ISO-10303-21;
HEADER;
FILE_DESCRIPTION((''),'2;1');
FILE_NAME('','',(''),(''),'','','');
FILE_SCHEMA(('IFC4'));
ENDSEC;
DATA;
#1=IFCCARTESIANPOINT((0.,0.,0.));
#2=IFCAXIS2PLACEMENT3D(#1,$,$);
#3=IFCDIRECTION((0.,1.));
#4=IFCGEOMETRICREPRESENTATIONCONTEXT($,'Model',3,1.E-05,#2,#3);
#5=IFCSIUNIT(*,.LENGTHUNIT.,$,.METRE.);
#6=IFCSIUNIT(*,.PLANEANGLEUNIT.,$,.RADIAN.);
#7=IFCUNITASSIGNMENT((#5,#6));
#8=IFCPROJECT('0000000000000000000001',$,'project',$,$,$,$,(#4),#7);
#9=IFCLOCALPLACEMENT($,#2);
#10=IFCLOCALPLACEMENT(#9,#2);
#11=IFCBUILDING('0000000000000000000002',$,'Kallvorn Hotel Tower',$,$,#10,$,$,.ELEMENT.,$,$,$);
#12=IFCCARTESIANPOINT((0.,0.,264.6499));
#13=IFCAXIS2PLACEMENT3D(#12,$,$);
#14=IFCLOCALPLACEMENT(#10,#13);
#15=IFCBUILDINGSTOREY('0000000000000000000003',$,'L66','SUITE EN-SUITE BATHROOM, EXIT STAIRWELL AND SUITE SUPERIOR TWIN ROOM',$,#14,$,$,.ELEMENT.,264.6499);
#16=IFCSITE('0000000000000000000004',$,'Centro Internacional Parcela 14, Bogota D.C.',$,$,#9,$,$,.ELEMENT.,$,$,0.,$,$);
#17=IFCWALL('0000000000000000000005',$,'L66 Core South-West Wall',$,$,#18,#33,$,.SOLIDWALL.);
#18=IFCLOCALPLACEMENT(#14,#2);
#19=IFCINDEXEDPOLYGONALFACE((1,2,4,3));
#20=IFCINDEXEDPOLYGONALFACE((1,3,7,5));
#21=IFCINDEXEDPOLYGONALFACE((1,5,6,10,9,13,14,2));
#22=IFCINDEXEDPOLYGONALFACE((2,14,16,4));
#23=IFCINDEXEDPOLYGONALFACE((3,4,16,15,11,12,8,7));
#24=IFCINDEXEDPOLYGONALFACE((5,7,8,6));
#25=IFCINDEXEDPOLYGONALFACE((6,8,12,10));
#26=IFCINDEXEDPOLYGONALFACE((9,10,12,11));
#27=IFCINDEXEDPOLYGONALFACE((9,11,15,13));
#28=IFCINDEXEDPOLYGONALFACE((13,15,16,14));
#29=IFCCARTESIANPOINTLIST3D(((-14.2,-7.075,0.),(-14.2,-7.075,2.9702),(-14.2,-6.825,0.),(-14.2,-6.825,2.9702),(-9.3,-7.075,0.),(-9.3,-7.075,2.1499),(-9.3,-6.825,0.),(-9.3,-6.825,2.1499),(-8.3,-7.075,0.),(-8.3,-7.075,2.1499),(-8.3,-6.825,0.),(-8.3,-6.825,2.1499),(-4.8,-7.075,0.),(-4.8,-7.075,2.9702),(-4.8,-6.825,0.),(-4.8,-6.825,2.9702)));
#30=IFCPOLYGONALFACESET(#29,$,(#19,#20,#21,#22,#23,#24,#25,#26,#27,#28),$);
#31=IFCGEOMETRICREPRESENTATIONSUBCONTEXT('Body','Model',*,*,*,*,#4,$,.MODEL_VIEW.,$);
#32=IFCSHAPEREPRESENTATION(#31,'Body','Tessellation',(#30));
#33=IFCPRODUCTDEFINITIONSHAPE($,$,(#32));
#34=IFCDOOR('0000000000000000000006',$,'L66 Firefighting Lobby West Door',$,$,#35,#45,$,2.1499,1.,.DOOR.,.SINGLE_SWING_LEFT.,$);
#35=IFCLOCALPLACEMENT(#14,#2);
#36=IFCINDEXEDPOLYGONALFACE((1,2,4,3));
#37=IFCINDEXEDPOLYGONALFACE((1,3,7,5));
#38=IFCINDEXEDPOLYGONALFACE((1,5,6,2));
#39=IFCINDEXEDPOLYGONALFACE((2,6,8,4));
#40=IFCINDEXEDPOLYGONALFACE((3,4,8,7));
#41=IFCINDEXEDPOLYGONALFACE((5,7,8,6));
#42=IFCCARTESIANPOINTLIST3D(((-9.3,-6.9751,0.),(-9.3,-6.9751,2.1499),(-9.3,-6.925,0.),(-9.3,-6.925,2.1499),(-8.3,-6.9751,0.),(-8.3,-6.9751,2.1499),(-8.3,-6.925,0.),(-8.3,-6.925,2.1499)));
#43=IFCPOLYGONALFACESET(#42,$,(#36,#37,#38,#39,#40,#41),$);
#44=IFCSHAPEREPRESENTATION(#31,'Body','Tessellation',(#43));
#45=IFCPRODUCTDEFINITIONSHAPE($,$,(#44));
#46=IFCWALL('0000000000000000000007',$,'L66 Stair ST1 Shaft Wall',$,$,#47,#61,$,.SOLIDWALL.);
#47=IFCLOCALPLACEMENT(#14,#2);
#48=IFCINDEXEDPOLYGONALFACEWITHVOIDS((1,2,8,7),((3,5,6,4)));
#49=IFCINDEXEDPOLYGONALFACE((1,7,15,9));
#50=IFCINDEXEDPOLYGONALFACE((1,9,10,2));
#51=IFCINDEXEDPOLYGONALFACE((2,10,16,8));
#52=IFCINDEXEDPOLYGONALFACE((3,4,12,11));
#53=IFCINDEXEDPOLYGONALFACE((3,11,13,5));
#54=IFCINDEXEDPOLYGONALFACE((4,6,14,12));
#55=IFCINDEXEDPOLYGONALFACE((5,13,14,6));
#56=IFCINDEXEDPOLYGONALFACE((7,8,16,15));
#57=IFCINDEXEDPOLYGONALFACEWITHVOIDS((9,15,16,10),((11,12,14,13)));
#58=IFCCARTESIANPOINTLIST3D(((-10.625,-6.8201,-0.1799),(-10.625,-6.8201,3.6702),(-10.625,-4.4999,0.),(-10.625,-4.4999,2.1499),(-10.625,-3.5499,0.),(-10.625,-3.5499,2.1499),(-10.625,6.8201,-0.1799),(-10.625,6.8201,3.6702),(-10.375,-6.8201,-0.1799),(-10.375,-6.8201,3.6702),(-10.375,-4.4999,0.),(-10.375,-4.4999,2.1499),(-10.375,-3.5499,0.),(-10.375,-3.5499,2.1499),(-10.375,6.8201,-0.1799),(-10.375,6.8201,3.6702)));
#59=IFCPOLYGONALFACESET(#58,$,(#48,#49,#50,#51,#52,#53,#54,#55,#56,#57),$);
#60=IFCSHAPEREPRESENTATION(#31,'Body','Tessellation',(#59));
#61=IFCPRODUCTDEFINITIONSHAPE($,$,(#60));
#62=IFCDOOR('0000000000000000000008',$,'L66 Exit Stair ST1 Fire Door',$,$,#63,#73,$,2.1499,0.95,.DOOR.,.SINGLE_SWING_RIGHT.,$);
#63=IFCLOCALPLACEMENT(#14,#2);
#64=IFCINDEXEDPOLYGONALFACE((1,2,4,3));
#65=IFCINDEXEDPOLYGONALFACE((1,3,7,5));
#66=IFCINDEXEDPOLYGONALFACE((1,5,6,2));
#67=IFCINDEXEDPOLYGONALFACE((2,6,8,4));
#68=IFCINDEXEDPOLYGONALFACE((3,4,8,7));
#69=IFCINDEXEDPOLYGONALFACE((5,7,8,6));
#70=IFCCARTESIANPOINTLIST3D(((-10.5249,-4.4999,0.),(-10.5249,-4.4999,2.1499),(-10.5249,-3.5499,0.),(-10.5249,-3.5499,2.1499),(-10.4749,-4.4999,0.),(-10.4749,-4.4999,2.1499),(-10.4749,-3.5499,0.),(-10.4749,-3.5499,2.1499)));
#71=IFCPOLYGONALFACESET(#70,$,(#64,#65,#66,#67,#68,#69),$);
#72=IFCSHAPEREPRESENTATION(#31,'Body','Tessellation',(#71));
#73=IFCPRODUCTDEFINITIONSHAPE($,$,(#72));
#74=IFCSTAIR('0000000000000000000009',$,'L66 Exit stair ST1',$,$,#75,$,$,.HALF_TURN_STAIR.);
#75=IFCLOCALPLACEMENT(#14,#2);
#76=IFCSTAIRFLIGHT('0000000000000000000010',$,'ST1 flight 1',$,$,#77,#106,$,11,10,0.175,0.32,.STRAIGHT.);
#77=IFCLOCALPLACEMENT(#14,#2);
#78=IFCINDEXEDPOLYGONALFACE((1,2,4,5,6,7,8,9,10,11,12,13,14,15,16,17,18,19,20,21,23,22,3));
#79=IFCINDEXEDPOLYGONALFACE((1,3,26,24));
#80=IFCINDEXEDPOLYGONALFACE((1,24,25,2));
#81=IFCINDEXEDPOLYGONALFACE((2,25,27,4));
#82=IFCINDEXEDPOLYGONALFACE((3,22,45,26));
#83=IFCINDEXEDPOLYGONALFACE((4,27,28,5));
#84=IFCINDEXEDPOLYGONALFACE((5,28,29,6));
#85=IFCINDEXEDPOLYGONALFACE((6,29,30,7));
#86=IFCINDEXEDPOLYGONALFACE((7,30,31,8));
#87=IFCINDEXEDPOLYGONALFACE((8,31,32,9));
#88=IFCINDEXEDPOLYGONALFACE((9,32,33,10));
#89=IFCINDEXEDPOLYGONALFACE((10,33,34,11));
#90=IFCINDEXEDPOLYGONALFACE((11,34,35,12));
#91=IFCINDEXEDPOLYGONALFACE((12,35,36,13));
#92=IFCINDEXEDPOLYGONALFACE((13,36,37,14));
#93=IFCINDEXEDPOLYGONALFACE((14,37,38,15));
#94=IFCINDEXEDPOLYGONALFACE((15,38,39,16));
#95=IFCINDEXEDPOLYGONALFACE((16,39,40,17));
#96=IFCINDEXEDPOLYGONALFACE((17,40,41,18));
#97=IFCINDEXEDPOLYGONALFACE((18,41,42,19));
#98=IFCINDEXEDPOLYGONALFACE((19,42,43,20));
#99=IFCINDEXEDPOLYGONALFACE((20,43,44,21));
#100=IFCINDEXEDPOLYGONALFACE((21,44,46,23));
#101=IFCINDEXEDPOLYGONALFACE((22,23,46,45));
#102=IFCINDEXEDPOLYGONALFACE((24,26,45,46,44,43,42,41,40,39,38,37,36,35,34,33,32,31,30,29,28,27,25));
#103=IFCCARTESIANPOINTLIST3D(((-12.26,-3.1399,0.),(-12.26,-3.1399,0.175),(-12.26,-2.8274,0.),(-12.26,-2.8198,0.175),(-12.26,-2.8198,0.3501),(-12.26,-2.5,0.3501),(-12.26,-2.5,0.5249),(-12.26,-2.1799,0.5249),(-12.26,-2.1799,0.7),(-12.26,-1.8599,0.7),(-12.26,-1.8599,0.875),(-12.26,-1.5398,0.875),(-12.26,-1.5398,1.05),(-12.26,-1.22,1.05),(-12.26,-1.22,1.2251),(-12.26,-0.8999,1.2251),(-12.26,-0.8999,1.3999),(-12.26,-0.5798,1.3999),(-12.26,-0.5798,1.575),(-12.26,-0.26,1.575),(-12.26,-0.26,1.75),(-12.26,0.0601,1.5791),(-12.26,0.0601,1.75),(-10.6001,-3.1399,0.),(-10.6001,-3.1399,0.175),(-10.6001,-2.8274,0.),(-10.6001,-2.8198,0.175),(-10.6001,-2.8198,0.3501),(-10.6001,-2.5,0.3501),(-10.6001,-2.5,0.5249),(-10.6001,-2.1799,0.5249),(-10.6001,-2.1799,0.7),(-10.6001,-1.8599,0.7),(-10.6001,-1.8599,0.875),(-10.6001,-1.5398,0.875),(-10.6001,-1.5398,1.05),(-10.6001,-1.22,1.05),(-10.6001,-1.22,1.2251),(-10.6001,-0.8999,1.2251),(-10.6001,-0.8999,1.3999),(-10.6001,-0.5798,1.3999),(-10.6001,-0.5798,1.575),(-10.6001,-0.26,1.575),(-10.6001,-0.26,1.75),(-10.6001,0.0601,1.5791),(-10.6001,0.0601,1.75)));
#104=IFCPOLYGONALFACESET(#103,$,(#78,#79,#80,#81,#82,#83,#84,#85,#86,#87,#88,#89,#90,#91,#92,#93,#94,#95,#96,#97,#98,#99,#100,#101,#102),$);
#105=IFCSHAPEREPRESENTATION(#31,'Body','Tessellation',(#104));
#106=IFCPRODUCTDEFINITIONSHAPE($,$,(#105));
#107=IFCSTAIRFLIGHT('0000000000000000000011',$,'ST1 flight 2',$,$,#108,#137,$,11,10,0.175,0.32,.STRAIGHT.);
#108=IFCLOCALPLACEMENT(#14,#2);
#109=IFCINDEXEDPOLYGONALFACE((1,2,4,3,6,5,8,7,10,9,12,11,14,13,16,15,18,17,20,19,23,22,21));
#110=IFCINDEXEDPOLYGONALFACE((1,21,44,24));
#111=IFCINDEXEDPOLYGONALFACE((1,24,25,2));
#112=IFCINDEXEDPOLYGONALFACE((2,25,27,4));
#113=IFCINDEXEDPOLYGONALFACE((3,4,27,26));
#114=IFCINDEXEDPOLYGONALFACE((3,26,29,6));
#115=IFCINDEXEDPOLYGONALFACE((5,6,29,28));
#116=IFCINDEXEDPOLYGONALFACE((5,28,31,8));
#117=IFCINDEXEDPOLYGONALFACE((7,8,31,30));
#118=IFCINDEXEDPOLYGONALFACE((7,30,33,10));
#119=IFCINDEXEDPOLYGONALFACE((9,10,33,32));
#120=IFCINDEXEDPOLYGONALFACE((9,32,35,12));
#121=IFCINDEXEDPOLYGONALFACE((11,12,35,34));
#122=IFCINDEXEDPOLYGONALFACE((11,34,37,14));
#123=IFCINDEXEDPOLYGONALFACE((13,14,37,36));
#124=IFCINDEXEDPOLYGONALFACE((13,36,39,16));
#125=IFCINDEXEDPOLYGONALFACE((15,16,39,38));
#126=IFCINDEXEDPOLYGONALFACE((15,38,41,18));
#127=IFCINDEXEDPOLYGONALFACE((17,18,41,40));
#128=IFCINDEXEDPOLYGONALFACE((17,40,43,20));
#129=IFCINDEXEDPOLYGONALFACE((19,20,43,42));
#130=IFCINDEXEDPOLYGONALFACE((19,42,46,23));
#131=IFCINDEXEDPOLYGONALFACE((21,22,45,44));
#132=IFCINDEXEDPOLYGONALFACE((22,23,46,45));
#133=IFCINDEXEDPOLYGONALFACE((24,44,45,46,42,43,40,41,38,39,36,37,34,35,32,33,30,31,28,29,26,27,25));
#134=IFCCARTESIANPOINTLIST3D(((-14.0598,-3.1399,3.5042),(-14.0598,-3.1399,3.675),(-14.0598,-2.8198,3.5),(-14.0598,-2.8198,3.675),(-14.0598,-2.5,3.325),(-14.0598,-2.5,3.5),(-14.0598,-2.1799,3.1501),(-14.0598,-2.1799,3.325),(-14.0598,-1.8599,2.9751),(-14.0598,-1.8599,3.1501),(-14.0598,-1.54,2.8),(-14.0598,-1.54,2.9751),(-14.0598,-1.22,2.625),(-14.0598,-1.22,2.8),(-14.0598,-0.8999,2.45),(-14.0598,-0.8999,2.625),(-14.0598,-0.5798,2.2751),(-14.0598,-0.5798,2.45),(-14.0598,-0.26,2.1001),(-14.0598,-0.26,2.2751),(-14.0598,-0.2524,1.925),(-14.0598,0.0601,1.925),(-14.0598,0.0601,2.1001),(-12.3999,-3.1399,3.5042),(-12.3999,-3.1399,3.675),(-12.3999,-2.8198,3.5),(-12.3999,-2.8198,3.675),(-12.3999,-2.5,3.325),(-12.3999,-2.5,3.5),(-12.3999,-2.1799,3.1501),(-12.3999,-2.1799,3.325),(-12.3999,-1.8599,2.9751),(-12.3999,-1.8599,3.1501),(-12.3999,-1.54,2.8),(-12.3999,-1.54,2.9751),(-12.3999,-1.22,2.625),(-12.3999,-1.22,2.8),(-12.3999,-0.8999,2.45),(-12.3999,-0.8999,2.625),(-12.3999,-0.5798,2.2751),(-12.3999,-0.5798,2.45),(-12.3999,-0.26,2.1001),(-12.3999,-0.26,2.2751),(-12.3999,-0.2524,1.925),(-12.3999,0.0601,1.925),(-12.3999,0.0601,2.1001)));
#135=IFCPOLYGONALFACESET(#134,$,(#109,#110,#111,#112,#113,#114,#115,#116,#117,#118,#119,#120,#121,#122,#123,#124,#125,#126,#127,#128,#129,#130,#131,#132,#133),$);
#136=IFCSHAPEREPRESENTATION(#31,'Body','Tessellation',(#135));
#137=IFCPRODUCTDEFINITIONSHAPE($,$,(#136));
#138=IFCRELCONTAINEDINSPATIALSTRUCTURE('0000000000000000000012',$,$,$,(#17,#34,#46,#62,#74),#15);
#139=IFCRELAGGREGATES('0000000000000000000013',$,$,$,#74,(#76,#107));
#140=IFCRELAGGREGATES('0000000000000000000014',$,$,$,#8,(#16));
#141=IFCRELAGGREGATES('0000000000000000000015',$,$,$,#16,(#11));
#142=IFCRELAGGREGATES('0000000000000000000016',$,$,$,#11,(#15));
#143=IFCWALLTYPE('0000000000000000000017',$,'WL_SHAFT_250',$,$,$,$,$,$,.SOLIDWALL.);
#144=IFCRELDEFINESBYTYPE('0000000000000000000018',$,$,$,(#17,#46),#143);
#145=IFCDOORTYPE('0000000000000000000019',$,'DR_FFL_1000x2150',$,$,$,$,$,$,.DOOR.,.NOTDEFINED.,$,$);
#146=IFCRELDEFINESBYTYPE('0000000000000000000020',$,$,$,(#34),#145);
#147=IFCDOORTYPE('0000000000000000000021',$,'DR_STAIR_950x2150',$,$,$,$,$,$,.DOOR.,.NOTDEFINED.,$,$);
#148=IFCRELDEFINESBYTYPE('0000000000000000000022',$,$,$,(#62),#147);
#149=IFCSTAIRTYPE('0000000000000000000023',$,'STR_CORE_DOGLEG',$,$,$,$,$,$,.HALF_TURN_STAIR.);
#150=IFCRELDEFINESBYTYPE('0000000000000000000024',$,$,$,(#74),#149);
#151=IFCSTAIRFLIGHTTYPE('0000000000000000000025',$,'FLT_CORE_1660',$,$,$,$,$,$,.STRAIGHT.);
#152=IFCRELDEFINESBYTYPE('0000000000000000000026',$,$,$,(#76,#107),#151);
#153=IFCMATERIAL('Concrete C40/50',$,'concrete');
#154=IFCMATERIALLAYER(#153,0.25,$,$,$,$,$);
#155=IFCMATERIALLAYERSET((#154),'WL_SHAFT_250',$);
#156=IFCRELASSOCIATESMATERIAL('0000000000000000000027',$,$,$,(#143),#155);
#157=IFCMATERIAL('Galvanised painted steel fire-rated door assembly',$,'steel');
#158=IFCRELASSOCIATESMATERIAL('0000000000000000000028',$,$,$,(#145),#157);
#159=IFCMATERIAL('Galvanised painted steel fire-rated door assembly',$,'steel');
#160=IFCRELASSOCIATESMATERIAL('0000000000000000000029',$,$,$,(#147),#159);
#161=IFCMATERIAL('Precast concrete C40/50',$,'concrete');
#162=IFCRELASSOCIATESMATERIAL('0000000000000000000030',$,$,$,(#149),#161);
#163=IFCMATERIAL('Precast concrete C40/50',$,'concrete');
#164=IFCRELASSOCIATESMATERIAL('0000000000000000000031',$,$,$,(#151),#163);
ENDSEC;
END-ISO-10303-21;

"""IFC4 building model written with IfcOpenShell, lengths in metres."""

from ifc_helpers import new_model, si_unit, direction, frame, frame_2d, origin, place, context, subcontext, project, spatial, polyline, rectangle, outline, extrude, material, layer, layer_set, type_object, element, fill, aggregate, save


model = new_model("IFC4")

# Units and contexts
model_context = context("Model", 3, precision=1e-05, world=origin(), true_north=direction((0.0, 1.0)))
body_context = subcontext(model_context, "Body", "Model", "MODEL_VIEW")
ifc_project = project(units=[si_unit("LENGTHUNIT", "METRE"), si_unit("PLANEANGLEUNIT", "RADIAN")], contexts=[model_context])

# Site, building, storey
site_placement = place(None, origin())
site = spatial("IfcSite", under=ifc_project, at=site_placement, Name="Centro Internacional Parcela 14, Bogota D.C.", CompositionType="ELEMENT", RefElevation=0.0)
building_placement = place(site_placement, origin())
building = spatial("IfcBuilding", under=site, at=building_placement, Name="Kallvorn Hotel Tower", CompositionType="ELEMENT")
storey_placement = place(building_placement, frame((0.0, 0.0, 264.6499)))
storey = spatial("IfcBuildingStorey", under=building, at=storey_placement, Name="L66", Description="SUITE EN-SUITE BATHROOM, EXIT STAIRWELL AND SUITE SUPERIOR TWIN ROOM", CompositionType="ELEMENT", Elevation=264.6499)

# Walls, openings, doors
ifc_material_1 = material(Name="Concrete C40/50", Category="concrete")
ifc_layer_1 = layer(ifc_material_1, 0.25)
ifc_layer_set_1 = layer_set([ifc_layer_1], Name="WL_SHAFT_250")
wall_type_1 = type_object("IfcWallType", Name="WL_SHAFT_250", PredefinedType="SOLIDWALL", material=ifc_layer_set_1)
wall_1_placement = place(storey_placement, frame((-14.2, -6.95, 0.0), z_axis=(0.0, 0.0, 1.0), x_axis=(1.0, 0.0, 0.0)))
wall_1 = element("IfcWall", 1, at=wall_1_placement, inside=storey, type_object=wall_type_1, Name="L66 Core South-West Wall", PredefinedType="SOLIDWALL", context=body_context, shape_type="SweptSolid", body=[
    extrude(rectangle(XDim=9.3999, YDim=0.25, at=frame_2d((4.7, 0.0))), origin(), (0.0, 0.0, 1.0), 2.9702),
])
opening_1_placement = place(wall_1_placement, frame((4.8999, 0.0, 0.0)))
opening_1 = element("IfcOpeningElement", 2, at=opening_1_placement, cuts=wall_1, PredefinedType="OPENING", context=body_context, shape_type="SweptSolid", body=[
    extrude(rectangle(XDim=1.0, YDim=2.1499, at=frame_2d((0.5, 1.075))), frame((0.0, 0.1399, 0.0), z_axis=(0.0, -1.0, 0.0), x_axis=(1.0, 0.0, 0.0)), (0.0, 0.0, 1.0), 0.28),
])
ifc_material_2 = material(Name="Galvanised painted steel fire-rated door assembly", Category="steel")
door_type_1 = type_object("IfcDoorType", Name="DR_FFL_1000x2150", OperationType="NOTDEFINED", PredefinedType="DOOR", material=ifc_material_2)
door_1_placement = place(opening_1_placement, origin())
door_1 = element("IfcDoor", 3, at=door_1_placement, inside=storey, type_object=door_type_1, Name="L66 Firefighting Lobby West Door", OperationType="SINGLE_SWING_LEFT", OverallHeight=2.1499, OverallWidth=1.0, PredefinedType="DOOR", context=body_context, shape_type="SweptSolid", body=[
    extrude(rectangle(XDim=1.0, YDim=2.1499, at=frame_2d((0.5, 1.075))), frame((0.0, 0.0249, 0.0), z_axis=(0.0, -1.0, 0.0), x_axis=(1.0, 0.0, 0.0)), (0.0, 0.0, 1.0), 0.05),
])
fill(opening_1, door_1)
wall_2_placement = place(storey_placement, frame((-10.5, -6.8201, -0.1799), z_axis=(0.0, 0.0, 1.0), x_axis=(0.0, 1.0, 0.0)))
wall_2 = element("IfcWall", 4, at=wall_2_placement, inside=storey, type_object=wall_type_1, Name="L66 Stair ST1 Shaft Wall", PredefinedType="SOLIDWALL", context=body_context, shape_type="SweptSolid", body=[
    extrude(rectangle(XDim=13.6401, YDim=0.25, at=frame_2d((6.8201, 0.0))), origin(), (0.0, 0.0, 1.0), 3.8501),
])
opening_2_placement = place(wall_2_placement, frame((2.3201, 0.0, 0.1799)))
opening_2 = element("IfcOpeningElement", 5, at=opening_2_placement, cuts=wall_2, PredefinedType="OPENING", context=body_context, shape_type="SweptSolid", body=[
    extrude(rectangle(XDim=0.95, YDim=2.1499, at=frame_2d((0.4751, 1.075))), frame((0.0, 0.1399, 0.0), z_axis=(0.0, -1.0, 0.0), x_axis=(1.0, 0.0, 0.0)), (0.0, 0.0, 1.0), 0.28),
])
ifc_material_3 = material(Name="Galvanised painted steel fire-rated door assembly", Category="steel")
door_type_2 = type_object("IfcDoorType", Name="DR_STAIR_950x2150", OperationType="NOTDEFINED", PredefinedType="DOOR", material=ifc_material_3)
door_2_placement = place(opening_2_placement, origin())
door_2 = element("IfcDoor", 6, at=door_2_placement, inside=storey, type_object=door_type_2, Name="L66 Exit Stair ST1 Fire Door", OperationType="SINGLE_SWING_RIGHT", OverallHeight=2.1499, OverallWidth=0.95, PredefinedType="DOOR", context=body_context, shape_type="SweptSolid", body=[
    extrude(rectangle(XDim=0.95, YDim=2.1499, at=frame_2d((0.4751, 1.075))), frame((0.0, 0.0249, 0.0), z_axis=(0.0, -1.0, 0.0), x_axis=(1.0, 0.0, 0.0)), (0.0, 0.0, 1.0), 0.05),
])
fill(opening_2, door_2)

# Stair, stair flights
ifc_material_4 = material(Name="Precast concrete C40/50", Category="concrete")
stair_type = type_object("IfcStairType", Name="STR_CORE_DOGLEG", PredefinedType="HALF_TURN_STAIR", material=ifc_material_4)
stair_placement = place(storey_placement, origin())
stair = element("IfcStair", 7, at=stair_placement, inside=storey, type_object=stair_type, Name="L66 Exit stair ST1", PredefinedType="HALF_TURN_STAIR")
ifc_material_5 = material(Name="Precast concrete C40/50", Category="concrete")
stair_flight_type = type_object("IfcStairFlightType", Name="FLT_CORE_1660", PredefinedType="STRAIGHT", material=ifc_material_5)
stair_flight_1_placement = place(storey_placement, frame((-11.4299, -3.1399, 0.0), z_axis=(0.0, 0.0, 1.0), x_axis=(0.0, 1.0, 0.0)))
stair_flight_1 = element("IfcStairFlight", 8, at=stair_flight_1_placement, type_object=stair_flight_type, Name="ST1 flight 1", NumberOfRisers=11, NumberOfTreads=10, PredefinedType="STRAIGHT", RiserHeight=0.175, TreadLength=0.32, context=body_context, shape_type="SweptSolid", body=[
    extrude(outline(polyline([(0.0, 0.0), (0.0, 0.175), (0.3201, 0.175), (0.3201, 0.3501), (0.6399, 0.3501), (0.6399, 0.5249), (0.96, 0.5249), (0.96, 0.7), (1.28, 0.7), (1.28, 0.875), (1.6001, 0.875), (1.6001, 1.05), (1.9199, 1.05), (1.9199, 1.2251), (2.24, 1.2251), (2.24, 1.3999), (2.5601, 1.3999), (2.5601, 1.575), (2.8799, 1.575), (2.8799, 1.75), (3.2, 1.75), (3.2, 1.925), (3.2, 1.5791), (0.3125, 0.0), (0.0, 0.0)])), frame((0.0, 0.8301, 0.0), z_axis=(0.0, -1.0, 0.0), x_axis=(1.0, 0.0, 0.0)), (0.0, 0.0, 1.0), 1.6599),
])
stair_flight_2_placement = place(storey_placement, frame((-13.23, 0.0601, 1.925), z_axis=(0.0, 0.0, 1.0), x_axis=(0.0, -1.0, 0.0)))
stair_flight_2 = element("IfcStairFlight", 9, at=stair_flight_2_placement, type_object=stair_flight_type, Name="ST1 flight 2", NumberOfRisers=11, NumberOfTreads=10, PredefinedType="STRAIGHT", RiserHeight=0.175, TreadLength=0.32, context=body_context, shape_type="SweptSolid", body=[
    extrude(outline(polyline([(0.0, 0.0), (0.0, 0.175), (0.3201, 0.175), (0.3201, 0.3501), (0.6399, 0.3501), (0.6399, 0.5249), (0.96, 0.5249), (0.96, 0.7), (1.28, 0.7), (1.28, 0.875), (1.6001, 0.875), (1.6001, 1.05), (1.9199, 1.05), (1.9199, 1.2251), (2.24, 1.2251), (2.24, 1.3999), (2.5601, 1.3999), (2.5601, 1.575), (2.8799, 1.575), (2.8799, 1.75), (3.2, 1.75), (3.2, 1.925), (3.2, 1.5791), (0.3125, 0.0), (0.0, 0.0)])), frame((0.0, 0.8301, 0.0), z_axis=(0.0, -1.0, 0.0), x_axis=(1.0, 0.0, 0.0)), (0.0, 0.0, 1.0), 1.6599),
])
aggregate(stair, [stair_flight_1, stair_flight_2])

save(model, "model.ifc")
